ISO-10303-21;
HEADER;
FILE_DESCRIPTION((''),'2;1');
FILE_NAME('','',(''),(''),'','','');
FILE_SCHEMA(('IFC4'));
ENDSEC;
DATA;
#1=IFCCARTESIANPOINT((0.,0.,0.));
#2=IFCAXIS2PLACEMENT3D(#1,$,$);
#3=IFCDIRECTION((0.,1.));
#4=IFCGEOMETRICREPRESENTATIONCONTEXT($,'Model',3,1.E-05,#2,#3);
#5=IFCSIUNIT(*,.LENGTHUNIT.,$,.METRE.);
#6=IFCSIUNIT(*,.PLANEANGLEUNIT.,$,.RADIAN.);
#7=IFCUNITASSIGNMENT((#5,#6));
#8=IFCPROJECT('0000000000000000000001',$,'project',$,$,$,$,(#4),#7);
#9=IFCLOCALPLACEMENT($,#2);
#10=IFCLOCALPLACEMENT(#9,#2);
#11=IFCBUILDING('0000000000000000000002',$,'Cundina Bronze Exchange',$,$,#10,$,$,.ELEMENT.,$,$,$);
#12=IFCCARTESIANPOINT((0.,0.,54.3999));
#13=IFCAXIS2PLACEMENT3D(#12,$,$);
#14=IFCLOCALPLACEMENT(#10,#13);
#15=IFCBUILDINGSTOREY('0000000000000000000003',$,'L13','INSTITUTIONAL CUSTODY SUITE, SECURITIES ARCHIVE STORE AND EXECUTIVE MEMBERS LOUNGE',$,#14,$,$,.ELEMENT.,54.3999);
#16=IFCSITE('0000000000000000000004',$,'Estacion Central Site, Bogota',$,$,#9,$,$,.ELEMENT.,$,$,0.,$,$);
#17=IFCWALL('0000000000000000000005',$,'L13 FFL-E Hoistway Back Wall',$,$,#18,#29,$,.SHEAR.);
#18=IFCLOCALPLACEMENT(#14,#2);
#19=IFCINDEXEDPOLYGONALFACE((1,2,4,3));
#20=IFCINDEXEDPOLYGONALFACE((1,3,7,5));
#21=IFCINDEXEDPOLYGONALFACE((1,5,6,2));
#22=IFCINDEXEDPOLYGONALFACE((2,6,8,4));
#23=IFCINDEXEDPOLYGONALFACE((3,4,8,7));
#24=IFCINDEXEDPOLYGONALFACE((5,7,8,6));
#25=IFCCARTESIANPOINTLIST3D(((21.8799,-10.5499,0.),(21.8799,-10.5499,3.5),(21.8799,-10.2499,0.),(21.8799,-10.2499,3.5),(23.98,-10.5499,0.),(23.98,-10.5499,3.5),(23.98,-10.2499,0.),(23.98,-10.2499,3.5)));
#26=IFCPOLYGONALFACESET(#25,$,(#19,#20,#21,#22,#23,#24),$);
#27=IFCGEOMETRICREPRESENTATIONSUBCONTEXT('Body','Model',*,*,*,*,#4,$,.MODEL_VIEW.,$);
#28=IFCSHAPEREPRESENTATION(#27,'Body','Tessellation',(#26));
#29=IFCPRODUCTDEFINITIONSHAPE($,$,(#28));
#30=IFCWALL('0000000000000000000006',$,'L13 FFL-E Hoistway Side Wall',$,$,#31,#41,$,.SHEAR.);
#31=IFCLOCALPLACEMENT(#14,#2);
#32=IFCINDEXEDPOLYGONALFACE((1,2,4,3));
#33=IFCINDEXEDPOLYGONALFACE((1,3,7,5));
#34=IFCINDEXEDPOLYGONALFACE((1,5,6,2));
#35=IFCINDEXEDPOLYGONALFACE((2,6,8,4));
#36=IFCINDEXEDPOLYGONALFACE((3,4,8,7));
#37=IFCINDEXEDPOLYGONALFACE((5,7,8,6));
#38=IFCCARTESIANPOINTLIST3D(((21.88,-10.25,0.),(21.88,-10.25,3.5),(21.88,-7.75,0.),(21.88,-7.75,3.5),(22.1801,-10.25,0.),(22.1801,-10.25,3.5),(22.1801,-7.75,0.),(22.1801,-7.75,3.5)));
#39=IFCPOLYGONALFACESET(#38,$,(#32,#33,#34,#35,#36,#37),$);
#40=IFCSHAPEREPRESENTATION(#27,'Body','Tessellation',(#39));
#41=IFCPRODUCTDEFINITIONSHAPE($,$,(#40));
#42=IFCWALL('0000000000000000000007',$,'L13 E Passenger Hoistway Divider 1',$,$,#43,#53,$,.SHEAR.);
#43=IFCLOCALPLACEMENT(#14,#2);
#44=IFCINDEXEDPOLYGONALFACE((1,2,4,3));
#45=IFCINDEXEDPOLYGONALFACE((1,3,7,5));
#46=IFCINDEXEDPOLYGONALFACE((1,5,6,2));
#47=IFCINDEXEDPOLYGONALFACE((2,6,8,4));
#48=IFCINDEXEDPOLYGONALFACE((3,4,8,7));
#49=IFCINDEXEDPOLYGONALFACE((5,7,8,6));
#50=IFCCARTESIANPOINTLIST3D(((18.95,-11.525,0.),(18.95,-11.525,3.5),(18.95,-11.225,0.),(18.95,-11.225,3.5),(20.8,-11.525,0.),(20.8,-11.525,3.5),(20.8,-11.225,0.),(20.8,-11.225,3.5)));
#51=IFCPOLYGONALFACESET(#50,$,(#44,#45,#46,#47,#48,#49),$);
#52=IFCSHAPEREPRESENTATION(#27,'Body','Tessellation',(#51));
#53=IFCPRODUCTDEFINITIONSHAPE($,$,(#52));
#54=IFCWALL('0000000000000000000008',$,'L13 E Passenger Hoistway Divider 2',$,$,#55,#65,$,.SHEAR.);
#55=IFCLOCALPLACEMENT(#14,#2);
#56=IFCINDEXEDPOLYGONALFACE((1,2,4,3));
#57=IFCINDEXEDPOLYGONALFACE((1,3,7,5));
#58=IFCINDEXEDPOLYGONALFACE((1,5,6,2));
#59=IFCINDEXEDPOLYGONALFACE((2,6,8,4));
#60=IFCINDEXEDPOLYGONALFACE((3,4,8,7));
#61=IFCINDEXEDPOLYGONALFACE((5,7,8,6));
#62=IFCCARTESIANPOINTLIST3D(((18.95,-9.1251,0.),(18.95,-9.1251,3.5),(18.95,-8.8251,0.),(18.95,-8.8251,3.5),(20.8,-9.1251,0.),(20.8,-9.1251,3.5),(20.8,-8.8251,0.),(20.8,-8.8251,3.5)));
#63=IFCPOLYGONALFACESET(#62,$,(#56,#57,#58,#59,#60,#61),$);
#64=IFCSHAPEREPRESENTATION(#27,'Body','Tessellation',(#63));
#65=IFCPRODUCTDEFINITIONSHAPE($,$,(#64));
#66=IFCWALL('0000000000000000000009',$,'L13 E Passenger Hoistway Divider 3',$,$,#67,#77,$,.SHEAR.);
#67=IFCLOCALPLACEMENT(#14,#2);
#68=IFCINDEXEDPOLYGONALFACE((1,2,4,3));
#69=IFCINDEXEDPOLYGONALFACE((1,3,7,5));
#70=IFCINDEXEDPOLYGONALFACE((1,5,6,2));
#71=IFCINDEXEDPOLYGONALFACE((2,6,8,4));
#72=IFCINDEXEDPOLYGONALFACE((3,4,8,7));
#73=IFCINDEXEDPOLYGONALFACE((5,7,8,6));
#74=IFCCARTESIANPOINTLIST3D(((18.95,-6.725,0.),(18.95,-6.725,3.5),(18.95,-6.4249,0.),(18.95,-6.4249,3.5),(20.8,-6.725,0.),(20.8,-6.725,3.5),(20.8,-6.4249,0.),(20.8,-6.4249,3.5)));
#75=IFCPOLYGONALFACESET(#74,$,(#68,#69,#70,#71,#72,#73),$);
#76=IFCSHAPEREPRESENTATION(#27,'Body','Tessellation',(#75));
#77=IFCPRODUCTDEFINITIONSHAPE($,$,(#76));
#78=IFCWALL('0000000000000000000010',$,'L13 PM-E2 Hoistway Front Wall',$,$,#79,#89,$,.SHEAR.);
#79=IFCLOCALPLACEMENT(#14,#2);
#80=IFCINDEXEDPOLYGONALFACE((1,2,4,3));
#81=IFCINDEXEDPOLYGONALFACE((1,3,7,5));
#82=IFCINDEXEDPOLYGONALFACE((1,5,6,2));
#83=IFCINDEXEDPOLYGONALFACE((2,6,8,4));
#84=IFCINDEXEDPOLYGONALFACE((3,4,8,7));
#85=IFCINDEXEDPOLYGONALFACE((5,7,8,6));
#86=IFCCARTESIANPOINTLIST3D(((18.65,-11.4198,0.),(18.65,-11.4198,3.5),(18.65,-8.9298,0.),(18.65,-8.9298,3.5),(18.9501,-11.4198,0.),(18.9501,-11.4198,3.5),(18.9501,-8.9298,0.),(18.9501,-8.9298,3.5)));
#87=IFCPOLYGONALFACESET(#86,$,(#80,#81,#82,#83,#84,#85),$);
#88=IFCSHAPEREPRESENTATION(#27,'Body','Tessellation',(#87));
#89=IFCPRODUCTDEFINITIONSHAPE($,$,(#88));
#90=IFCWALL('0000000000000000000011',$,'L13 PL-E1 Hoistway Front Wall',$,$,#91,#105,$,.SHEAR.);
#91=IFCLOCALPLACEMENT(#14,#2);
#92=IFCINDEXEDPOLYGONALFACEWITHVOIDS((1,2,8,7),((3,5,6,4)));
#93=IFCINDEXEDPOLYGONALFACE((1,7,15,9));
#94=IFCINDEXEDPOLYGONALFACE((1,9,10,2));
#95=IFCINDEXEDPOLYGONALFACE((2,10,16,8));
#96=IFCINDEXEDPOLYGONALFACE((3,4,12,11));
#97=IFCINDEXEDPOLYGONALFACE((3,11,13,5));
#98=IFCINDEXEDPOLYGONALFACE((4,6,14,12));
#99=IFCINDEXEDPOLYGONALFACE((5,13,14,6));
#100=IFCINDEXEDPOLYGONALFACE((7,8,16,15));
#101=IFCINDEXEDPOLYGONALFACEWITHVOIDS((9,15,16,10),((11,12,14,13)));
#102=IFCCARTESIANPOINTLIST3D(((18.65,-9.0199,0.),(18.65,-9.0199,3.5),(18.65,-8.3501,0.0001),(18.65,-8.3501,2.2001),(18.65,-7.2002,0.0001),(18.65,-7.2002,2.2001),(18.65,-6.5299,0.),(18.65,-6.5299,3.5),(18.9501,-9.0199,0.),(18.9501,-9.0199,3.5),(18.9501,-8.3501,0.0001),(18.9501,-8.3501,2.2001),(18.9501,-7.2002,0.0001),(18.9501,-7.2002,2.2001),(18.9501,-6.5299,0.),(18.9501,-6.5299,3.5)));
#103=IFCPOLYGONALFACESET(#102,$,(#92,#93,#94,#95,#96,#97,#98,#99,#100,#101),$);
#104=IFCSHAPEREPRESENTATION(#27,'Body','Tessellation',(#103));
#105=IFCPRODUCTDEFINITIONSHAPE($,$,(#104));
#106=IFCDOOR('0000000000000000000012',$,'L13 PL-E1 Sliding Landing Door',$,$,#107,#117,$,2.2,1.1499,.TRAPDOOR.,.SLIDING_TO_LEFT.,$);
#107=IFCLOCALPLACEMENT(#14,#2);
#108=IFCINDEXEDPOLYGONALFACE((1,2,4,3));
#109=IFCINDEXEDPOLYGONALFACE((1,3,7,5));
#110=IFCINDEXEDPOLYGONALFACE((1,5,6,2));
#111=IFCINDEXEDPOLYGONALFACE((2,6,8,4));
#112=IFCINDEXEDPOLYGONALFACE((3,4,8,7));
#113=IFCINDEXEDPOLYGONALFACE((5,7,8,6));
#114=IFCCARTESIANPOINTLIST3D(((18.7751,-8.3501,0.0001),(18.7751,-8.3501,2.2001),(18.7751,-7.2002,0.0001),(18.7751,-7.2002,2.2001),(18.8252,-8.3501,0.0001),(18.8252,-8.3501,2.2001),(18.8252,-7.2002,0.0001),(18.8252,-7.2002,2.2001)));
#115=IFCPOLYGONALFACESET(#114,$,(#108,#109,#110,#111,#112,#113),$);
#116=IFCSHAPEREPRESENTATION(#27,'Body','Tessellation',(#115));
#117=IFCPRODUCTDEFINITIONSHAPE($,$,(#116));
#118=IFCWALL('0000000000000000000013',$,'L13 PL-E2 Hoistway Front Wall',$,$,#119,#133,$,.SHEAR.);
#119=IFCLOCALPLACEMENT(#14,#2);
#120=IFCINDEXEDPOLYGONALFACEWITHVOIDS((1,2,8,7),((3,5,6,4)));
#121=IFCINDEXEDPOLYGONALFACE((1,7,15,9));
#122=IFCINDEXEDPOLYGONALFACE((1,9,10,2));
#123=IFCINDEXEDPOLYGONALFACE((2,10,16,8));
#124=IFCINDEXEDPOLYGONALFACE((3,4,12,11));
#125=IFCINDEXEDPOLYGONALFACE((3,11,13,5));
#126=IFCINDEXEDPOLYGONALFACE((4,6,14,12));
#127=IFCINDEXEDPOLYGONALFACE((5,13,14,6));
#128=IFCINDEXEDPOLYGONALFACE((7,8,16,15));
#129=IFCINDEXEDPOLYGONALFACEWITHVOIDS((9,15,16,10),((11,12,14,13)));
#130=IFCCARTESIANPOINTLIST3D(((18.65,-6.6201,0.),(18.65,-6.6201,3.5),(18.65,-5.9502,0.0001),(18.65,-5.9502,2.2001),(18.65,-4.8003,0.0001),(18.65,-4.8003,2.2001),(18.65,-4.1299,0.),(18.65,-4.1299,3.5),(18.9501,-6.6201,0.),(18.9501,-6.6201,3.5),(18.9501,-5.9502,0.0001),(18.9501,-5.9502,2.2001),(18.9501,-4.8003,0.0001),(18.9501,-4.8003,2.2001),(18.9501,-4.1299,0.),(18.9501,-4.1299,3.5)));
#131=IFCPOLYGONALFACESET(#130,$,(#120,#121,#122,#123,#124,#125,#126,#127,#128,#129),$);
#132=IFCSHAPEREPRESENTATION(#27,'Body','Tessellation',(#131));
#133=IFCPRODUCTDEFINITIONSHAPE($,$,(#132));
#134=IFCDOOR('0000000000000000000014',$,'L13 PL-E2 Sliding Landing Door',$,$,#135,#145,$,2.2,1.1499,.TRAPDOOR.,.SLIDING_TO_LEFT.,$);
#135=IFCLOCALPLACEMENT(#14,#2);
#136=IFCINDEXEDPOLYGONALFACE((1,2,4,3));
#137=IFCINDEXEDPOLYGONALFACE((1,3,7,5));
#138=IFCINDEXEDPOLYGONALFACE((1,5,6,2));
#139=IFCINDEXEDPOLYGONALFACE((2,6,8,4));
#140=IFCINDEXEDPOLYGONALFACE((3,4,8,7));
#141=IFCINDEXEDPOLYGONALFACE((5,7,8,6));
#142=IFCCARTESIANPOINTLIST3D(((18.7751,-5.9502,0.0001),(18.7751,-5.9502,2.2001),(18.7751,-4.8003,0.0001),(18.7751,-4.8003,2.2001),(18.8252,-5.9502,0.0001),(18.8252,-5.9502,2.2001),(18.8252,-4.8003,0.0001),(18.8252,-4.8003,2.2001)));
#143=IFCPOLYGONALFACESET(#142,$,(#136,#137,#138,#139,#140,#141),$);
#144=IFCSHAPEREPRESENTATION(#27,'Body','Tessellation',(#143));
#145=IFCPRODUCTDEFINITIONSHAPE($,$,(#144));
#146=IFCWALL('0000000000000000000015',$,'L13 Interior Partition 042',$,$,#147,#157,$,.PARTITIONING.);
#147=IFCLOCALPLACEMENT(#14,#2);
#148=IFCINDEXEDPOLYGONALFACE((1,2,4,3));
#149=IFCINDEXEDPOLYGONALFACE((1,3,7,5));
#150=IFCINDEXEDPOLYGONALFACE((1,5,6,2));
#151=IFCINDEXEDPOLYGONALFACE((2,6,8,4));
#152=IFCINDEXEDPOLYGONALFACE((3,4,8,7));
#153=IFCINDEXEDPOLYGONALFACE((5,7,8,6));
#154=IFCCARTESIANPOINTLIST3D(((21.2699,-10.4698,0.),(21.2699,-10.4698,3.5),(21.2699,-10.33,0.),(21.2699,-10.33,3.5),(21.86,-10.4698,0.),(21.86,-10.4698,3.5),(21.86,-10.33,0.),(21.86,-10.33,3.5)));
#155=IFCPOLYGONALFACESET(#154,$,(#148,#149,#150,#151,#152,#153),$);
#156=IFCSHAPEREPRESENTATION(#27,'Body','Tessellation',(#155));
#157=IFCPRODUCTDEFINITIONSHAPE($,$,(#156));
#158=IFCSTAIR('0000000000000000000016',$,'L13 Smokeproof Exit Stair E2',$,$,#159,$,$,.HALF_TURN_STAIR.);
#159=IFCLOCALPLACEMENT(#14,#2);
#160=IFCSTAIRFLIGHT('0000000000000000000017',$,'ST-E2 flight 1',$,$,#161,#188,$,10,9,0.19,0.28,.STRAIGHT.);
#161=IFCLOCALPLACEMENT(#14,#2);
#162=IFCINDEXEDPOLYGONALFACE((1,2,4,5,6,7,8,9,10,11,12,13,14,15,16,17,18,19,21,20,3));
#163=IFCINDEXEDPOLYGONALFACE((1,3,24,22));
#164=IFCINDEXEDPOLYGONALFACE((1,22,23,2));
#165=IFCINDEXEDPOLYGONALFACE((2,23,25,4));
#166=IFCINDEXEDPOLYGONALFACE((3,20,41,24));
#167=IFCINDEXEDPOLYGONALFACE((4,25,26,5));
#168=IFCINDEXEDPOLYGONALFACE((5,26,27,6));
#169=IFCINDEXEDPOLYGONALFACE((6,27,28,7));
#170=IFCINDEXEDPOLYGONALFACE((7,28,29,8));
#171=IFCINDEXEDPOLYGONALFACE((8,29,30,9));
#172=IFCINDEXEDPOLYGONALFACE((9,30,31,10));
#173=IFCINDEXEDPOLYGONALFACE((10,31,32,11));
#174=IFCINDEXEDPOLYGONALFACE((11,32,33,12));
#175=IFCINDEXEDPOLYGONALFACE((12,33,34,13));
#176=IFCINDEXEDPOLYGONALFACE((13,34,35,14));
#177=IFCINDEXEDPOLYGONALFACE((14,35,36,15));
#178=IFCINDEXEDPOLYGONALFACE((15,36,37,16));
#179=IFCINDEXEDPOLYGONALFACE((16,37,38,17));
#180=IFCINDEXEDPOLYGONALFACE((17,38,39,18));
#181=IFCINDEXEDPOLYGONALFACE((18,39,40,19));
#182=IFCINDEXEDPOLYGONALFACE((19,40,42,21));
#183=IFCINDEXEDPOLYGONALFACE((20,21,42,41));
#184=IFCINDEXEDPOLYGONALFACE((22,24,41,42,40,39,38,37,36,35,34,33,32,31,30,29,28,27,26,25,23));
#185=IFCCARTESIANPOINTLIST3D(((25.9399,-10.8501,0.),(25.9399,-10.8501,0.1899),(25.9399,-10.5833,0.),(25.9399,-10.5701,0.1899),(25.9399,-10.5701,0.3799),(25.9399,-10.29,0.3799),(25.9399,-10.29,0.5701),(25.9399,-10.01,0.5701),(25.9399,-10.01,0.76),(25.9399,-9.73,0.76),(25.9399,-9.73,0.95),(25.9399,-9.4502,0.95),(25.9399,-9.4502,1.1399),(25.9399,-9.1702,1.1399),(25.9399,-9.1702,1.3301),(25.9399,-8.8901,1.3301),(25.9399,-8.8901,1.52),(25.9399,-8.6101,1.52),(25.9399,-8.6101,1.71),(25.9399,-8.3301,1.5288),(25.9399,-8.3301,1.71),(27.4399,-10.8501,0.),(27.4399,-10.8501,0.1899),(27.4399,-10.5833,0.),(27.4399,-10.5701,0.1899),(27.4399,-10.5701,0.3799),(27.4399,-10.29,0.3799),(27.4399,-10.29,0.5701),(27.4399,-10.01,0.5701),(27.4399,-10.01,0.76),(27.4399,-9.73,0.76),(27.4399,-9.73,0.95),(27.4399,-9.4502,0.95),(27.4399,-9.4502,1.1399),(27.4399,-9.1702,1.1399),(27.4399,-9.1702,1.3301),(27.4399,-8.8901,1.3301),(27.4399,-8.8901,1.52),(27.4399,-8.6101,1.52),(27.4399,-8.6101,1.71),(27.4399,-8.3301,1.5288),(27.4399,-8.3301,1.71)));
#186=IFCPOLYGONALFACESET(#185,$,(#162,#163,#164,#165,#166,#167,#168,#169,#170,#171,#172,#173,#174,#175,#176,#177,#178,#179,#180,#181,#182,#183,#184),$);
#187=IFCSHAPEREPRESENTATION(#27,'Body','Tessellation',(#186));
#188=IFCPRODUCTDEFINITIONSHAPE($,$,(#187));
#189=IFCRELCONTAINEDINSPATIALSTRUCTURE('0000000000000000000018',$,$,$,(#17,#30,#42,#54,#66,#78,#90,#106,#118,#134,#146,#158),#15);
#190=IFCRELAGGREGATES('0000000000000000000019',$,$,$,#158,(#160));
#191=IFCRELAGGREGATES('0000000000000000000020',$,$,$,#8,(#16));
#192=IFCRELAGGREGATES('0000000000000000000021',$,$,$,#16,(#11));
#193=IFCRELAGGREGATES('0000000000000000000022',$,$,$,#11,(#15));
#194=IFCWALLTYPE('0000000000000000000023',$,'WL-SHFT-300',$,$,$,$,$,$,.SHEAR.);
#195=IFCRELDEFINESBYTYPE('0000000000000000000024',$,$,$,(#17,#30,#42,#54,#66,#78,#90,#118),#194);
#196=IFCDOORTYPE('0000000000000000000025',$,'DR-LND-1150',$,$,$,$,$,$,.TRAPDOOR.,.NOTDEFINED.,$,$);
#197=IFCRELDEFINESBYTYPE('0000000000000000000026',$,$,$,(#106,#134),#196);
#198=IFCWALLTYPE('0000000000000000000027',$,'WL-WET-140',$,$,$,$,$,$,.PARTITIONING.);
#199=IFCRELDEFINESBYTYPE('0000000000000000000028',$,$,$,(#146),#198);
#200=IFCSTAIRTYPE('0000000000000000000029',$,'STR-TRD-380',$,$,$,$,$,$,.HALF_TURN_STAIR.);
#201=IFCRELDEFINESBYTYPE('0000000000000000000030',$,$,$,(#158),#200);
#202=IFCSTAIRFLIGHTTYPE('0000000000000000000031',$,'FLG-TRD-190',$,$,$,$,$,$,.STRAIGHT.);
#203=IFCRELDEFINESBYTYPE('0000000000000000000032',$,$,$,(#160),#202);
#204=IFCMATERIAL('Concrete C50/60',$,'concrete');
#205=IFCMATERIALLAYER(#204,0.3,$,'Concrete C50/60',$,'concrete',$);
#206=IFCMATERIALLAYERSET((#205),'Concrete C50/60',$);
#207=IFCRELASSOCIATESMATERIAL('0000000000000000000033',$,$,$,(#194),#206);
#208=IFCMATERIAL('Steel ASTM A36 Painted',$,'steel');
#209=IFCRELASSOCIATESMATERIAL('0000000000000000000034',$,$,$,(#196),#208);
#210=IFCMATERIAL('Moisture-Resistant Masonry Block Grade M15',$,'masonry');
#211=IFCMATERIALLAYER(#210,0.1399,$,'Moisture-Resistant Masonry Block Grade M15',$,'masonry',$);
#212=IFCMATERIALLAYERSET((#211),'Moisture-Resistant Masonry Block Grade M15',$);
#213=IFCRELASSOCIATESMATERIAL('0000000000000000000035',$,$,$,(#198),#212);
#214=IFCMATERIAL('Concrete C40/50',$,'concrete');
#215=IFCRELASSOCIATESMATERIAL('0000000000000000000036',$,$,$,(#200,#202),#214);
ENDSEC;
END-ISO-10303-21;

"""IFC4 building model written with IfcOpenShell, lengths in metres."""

from ifc_helpers import new_model, si_unit, direction, frame, frame_2d, origin, place, context, subcontext, project, spatial, polyline, rectangle, outline, extrude, material, layer, layer_set, type_object, element, fill, aggregate, save


model = new_model("IFC4")

# Units and contexts
model_context = context("Model", 3, precision=1e-05, world=origin(), true_north=direction((0.0, 1.0)))
body_context = subcontext(model_context, "Body", "Model", "MODEL_VIEW")
ifc_project = project(units=[si_unit("LENGTHUNIT", "METRE"), si_unit("PLANEANGLEUNIT", "RADIAN")], contexts=[model_context])

# Site, building, storey
site_placement = place(None, origin())
site = spatial("IfcSite", under=ifc_project, at=site_placement, Name="Estacion Central Site, Bogota", CompositionType="ELEMENT", RefElevation=0.0)
building_placement = place(site_placement, origin())
building = spatial("IfcBuilding", under=site, at=building_placement, Name="Cundina Bronze Exchange", CompositionType="ELEMENT")
storey_placement = place(building_placement, frame((0.0, 0.0, 54.3999)))
storey = spatial("IfcBuildingStorey", under=building, at=storey_placement, Name="L13", Description="INSTITUTIONAL CUSTODY SUITE, SECURITIES ARCHIVE STORE AND EXECUTIVE MEMBERS LOUNGE", CompositionType="ELEMENT", Elevation=54.3999)

# Shared definitions
ifc_material_1 = material(Name="Concrete C50/60", Category="concrete")
ifc_layer_1 = layer(ifc_material_1, 0.3, Name="Concrete C50/60", Category="concrete")
ifc_layer_set_1 = layer_set([ifc_layer_1], Name="Concrete C50/60")
wall_type_1 = type_object("IfcWallType", Name="WL-SHFT-300", PredefinedType="SHEAR", material=ifc_layer_set_1)

# Shared definitions
ifc_material_2 = material(Name="Steel ASTM A36 Painted", Category="steel")
door_type_1 = type_object("IfcDoorType", Name="DR-LND-1150", OperationType="NOTDEFINED", PredefinedType="TRAPDOOR", material=ifc_material_2)

# Walls
wall_1_placement = place(storey_placement, frame((21.8799, -10.3999, 0.0), z_axis=(0.0, 0.0, 1.0), x_axis=(1.0, 0.0, 0.0)))
element("IfcWall", 1, at=wall_1_placement, inside=storey, type_object=wall_type_1, Name="L13 FFL-E Hoistway Back Wall", PredefinedType="SHEAR", context=body_context, shape_type="SweptSolid", body=[
    extrude(rectangle(XDim=2.1001, YDim=0.3, at=frame_2d((1.05, 0.0))), origin(), (0.0, 0.0, 1.0), 3.5),
])
wall_2_placement = place(storey_placement, frame((22.03, -10.25, 0.0), z_axis=(0.0, 0.0, 1.0), x_axis=(0.0, 1.0, 0.0)))
element("IfcWall", 2, at=wall_2_placement, inside=storey, type_object=wall_type_1, Name="L13 FFL-E Hoistway Side Wall", PredefinedType="SHEAR", context=body_context, shape_type="SweptSolid", body=[
    extrude(rectangle(XDim=2.5, YDim=0.3, at=frame_2d((1.25, 0.0))), origin(), (0.0, 0.0, 1.0), 3.5),
])
for number, where, z_axis, x_axis, name in (
    (3, (18.95, -11.375, 0.0), (0.0, 0.0, 1.0), (1.0, 0.0, 0.0), "L13 E Passenger Hoistway Divider 1"),
    (4, (18.95, -8.9751, 0.0), (0.0, 0.0, 1.0), (1.0, 0.0, 0.0), "L13 E Passenger Hoistway Divider 2"),
    (5, (18.95, -6.575, 0.0), (0.0, 0.0, 1.0), (1.0, 0.0, 0.0), "L13 E Passenger Hoistway Divider 3"),
):
    element("IfcWall", number, at=place(storey_placement, frame(where, z_axis=z_axis, x_axis=x_axis)), inside=storey, type_object=wall_type_1, Name=name, PredefinedType="SHEAR", context=body_context, shape_type="SweptSolid", body=[
        extrude(rectangle(XDim=1.8501, YDim=0.3, at=frame_2d((0.925, 0.0))), origin(), (0.0, 0.0, 1.0), 3.5),
    ])
wall_3_placement = place(storey_placement, frame((18.8, -11.4199, 0.0), z_axis=(0.0, 0.0, 1.0), x_axis=(0.0, 1.0, 0.0)))
element("IfcWall", 6, at=wall_3_placement, inside=storey, type_object=wall_type_1, Name="L13 PM-E2 Hoistway Front Wall", PredefinedType="SHEAR", context=body_context, shape_type="SweptSolid", body=[
    extrude(rectangle(XDim=2.49, YDim=0.3, at=frame_2d((1.2451, 0.0))), origin(), (0.0, 0.0, 1.0), 3.5),
])

# Walls, openings, doors
wall_4_placement = place(storey_placement, frame((18.8, -9.02, 0.0), z_axis=(0.0, 0.0, 1.0), x_axis=(0.0, 1.0, 0.0)))
wall_4 = element("IfcWall", 7, at=wall_4_placement, inside=storey, type_object=wall_type_1, Name="L13 PL-E1 Hoistway Front Wall", PredefinedType="SHEAR", context=body_context, shape_type="SweptSolid", body=[
    extrude(rectangle(XDim=2.49, YDim=0.3, at=frame_2d((1.2451, 0.0))), origin(), (0.0, 0.0, 1.0), 3.5),
])
opening_1_placement = place(wall_4_placement, frame((0.6699, 0.0, 0.0)))
opening_1 = element("IfcOpeningElement", 8, at=opening_1_placement, cuts=wall_4, PredefinedType="OPENING", context=body_context, shape_type="SweptSolid", body=[
    extrude(rectangle(XDim=1.1499, YDim=2.2, at=frame_2d((0.575, 1.1001))), frame((0.0, 0.1599, 0.0), z_axis=(0.0, -1.0, 0.0), x_axis=(1.0, 0.0, 0.0)), (0.0, 0.0, 1.0), 0.3201),
])
door_1_placement = place(opening_1_placement, origin())
door_1 = element("IfcDoor", 9, at=door_1_placement, inside=storey, type_object=door_type_1, Name="L13 PL-E1 Sliding Landing Door", OperationType="SLIDING_TO_LEFT", OverallHeight=2.2, OverallWidth=1.1499, PredefinedType="TRAPDOOR", context=body_context, shape_type="SweptSolid", body=[
    extrude(rectangle(XDim=1.1499, YDim=2.2, at=frame_2d((0.575, 1.1001))), frame((0.0, 0.0249, 0.0), z_axis=(0.0, -1.0, 0.0), x_axis=(1.0, 0.0, 0.0)), (0.0, 0.0, 1.0), 0.05),
])
fill(opening_1, door_1)
wall_5_placement = place(storey_placement, frame((18.8, -6.6201, 0.0), z_axis=(0.0, 0.0, 1.0), x_axis=(0.0, 1.0, 0.0)))
wall_5 = element("IfcWall", 10, at=wall_5_placement, inside=storey, type_object=wall_type_1, Name="L13 PL-E2 Hoistway Front Wall", PredefinedType="SHEAR", context=body_context, shape_type="SweptSolid", body=[
    extrude(rectangle(XDim=2.4902, YDim=0.3, at=frame_2d((1.2451, 0.0))), origin(), (0.0, 0.0, 1.0), 3.5),
])
opening_2_placement = place(wall_5_placement, frame((0.6699, 0.0, 0.0)))
opening_2 = element("IfcOpeningElement", 11, at=opening_2_placement, cuts=wall_5, PredefinedType="OPENING", context=body_context, shape_type="SweptSolid", body=[
    extrude(rectangle(XDim=1.1499, YDim=2.2, at=frame_2d((0.575, 1.1001))), frame((0.0, 0.1599, 0.0), z_axis=(0.0, -1.0, 0.0), x_axis=(1.0, 0.0, 0.0)), (0.0, 0.0, 1.0), 0.3201),
])
door_2_placement = place(opening_2_placement, origin())
door_2 = element("IfcDoor", 12, at=door_2_placement, inside=storey, type_object=door_type_1, Name="L13 PL-E2 Sliding Landing Door", OperationType="SLIDING_TO_LEFT", OverallHeight=2.2, OverallWidth=1.1499, PredefinedType="TRAPDOOR", context=body_context, shape_type="SweptSolid", body=[
    extrude(rectangle(XDim=1.1499, YDim=2.2, at=frame_2d((0.575, 1.1001))), frame((0.0, 0.0249, 0.0), z_axis=(0.0, -1.0, 0.0), x_axis=(1.0, 0.0, 0.0)), (0.0, 0.0, 1.0), 0.05),
])
fill(opening_2, door_2)

# Wall
ifc_material_3 = material(Name="Moisture-Resistant Masonry Block Grade M15", Category="masonry")
ifc_layer_2 = layer(ifc_material_3, 0.1399, Name="Moisture-Resistant Masonry Block Grade M15", Category="masonry")
ifc_layer_set_2 = layer_set([ifc_layer_2], Name="Moisture-Resistant Masonry Block Grade M15")
wall_type_2 = type_object("IfcWallType", Name="WL-WET-140", PredefinedType="PARTITIONING", material=ifc_layer_set_2)
wall_6_placement = place(storey_placement, frame((21.27, -10.3999, 0.0), z_axis=(0.0, 0.0, 1.0), x_axis=(1.0, 0.0, 0.0)))
element("IfcWall", 13, at=wall_6_placement, inside=storey, type_object=wall_type_2, Name="L13 Interior Partition 042", PredefinedType="PARTITIONING", context=body_context, shape_type="SweptSolid", body=[
    extrude(rectangle(XDim=0.5901, YDim=0.1399, at=frame_2d((0.2949, 0.0))), origin(), (0.0, 0.0, 1.0), 3.5),
])

# Stair, stair flight
ifc_material_4 = material(Name="Concrete C40/50", Category="concrete")
stair_type = type_object("IfcStairType", Name="STR-TRD-380", PredefinedType="HALF_TURN_STAIR", material=ifc_material_4)
stair_placement = place(storey_placement, origin())
stair = element("IfcStair", 14, at=stair_placement, inside=storey, type_object=stair_type, Name="L13 Smokeproof Exit Stair E2", PredefinedType="HALF_TURN_STAIR")
stair_flight_type = type_object("IfcStairFlightType", Name="FLG-TRD-190", PredefinedType="STRAIGHT", material=ifc_material_4)
stair_flight_1_placement = place(storey_placement, frame((26.6899, -10.8501, 0.0), z_axis=(0.0, 0.0, 1.0), x_axis=(0.0, 1.0, 0.0)))
stair_flight_1 = element("IfcStairFlight", 15, at=stair_flight_1_placement, type_object=stair_flight_type, Name="ST-E2 flight 1", NumberOfRisers=10, NumberOfTreads=9, PredefinedType="STRAIGHT", RiserHeight=0.19, TreadLength=0.28, context=body_context, shape_type="SweptSolid", body=[
    extrude(outline(polyline([(0.0, 0.0), (0.0, 0.1899), (0.28, 0.1899), (0.28, 0.3799), (0.5601, 0.3799), (0.5601, 0.5701), (0.8401, 0.5701), (0.8401, 0.76), (1.1201, 0.76), (1.1201, 0.95), (1.3999, 0.95), (1.3999, 1.1399), (1.6799, 1.1399), (1.6799, 1.3301), (1.96, 1.3301), (1.96, 1.52), (2.24, 1.52), (2.24, 1.71), (2.52, 1.71), (2.52, 1.8999), (2.52, 1.5288), (0.2668, 0.0), (0.0, 0.0)])), frame((0.0, 0.75, 0.0), z_axis=(0.0, -1.0, 0.0), x_axis=(1.0, 0.0, 0.0)), (0.0, 0.0, 1.0), 1.5),
])
aggregate(stair, [stair_flight_1])

save(model, "model.ifc")
